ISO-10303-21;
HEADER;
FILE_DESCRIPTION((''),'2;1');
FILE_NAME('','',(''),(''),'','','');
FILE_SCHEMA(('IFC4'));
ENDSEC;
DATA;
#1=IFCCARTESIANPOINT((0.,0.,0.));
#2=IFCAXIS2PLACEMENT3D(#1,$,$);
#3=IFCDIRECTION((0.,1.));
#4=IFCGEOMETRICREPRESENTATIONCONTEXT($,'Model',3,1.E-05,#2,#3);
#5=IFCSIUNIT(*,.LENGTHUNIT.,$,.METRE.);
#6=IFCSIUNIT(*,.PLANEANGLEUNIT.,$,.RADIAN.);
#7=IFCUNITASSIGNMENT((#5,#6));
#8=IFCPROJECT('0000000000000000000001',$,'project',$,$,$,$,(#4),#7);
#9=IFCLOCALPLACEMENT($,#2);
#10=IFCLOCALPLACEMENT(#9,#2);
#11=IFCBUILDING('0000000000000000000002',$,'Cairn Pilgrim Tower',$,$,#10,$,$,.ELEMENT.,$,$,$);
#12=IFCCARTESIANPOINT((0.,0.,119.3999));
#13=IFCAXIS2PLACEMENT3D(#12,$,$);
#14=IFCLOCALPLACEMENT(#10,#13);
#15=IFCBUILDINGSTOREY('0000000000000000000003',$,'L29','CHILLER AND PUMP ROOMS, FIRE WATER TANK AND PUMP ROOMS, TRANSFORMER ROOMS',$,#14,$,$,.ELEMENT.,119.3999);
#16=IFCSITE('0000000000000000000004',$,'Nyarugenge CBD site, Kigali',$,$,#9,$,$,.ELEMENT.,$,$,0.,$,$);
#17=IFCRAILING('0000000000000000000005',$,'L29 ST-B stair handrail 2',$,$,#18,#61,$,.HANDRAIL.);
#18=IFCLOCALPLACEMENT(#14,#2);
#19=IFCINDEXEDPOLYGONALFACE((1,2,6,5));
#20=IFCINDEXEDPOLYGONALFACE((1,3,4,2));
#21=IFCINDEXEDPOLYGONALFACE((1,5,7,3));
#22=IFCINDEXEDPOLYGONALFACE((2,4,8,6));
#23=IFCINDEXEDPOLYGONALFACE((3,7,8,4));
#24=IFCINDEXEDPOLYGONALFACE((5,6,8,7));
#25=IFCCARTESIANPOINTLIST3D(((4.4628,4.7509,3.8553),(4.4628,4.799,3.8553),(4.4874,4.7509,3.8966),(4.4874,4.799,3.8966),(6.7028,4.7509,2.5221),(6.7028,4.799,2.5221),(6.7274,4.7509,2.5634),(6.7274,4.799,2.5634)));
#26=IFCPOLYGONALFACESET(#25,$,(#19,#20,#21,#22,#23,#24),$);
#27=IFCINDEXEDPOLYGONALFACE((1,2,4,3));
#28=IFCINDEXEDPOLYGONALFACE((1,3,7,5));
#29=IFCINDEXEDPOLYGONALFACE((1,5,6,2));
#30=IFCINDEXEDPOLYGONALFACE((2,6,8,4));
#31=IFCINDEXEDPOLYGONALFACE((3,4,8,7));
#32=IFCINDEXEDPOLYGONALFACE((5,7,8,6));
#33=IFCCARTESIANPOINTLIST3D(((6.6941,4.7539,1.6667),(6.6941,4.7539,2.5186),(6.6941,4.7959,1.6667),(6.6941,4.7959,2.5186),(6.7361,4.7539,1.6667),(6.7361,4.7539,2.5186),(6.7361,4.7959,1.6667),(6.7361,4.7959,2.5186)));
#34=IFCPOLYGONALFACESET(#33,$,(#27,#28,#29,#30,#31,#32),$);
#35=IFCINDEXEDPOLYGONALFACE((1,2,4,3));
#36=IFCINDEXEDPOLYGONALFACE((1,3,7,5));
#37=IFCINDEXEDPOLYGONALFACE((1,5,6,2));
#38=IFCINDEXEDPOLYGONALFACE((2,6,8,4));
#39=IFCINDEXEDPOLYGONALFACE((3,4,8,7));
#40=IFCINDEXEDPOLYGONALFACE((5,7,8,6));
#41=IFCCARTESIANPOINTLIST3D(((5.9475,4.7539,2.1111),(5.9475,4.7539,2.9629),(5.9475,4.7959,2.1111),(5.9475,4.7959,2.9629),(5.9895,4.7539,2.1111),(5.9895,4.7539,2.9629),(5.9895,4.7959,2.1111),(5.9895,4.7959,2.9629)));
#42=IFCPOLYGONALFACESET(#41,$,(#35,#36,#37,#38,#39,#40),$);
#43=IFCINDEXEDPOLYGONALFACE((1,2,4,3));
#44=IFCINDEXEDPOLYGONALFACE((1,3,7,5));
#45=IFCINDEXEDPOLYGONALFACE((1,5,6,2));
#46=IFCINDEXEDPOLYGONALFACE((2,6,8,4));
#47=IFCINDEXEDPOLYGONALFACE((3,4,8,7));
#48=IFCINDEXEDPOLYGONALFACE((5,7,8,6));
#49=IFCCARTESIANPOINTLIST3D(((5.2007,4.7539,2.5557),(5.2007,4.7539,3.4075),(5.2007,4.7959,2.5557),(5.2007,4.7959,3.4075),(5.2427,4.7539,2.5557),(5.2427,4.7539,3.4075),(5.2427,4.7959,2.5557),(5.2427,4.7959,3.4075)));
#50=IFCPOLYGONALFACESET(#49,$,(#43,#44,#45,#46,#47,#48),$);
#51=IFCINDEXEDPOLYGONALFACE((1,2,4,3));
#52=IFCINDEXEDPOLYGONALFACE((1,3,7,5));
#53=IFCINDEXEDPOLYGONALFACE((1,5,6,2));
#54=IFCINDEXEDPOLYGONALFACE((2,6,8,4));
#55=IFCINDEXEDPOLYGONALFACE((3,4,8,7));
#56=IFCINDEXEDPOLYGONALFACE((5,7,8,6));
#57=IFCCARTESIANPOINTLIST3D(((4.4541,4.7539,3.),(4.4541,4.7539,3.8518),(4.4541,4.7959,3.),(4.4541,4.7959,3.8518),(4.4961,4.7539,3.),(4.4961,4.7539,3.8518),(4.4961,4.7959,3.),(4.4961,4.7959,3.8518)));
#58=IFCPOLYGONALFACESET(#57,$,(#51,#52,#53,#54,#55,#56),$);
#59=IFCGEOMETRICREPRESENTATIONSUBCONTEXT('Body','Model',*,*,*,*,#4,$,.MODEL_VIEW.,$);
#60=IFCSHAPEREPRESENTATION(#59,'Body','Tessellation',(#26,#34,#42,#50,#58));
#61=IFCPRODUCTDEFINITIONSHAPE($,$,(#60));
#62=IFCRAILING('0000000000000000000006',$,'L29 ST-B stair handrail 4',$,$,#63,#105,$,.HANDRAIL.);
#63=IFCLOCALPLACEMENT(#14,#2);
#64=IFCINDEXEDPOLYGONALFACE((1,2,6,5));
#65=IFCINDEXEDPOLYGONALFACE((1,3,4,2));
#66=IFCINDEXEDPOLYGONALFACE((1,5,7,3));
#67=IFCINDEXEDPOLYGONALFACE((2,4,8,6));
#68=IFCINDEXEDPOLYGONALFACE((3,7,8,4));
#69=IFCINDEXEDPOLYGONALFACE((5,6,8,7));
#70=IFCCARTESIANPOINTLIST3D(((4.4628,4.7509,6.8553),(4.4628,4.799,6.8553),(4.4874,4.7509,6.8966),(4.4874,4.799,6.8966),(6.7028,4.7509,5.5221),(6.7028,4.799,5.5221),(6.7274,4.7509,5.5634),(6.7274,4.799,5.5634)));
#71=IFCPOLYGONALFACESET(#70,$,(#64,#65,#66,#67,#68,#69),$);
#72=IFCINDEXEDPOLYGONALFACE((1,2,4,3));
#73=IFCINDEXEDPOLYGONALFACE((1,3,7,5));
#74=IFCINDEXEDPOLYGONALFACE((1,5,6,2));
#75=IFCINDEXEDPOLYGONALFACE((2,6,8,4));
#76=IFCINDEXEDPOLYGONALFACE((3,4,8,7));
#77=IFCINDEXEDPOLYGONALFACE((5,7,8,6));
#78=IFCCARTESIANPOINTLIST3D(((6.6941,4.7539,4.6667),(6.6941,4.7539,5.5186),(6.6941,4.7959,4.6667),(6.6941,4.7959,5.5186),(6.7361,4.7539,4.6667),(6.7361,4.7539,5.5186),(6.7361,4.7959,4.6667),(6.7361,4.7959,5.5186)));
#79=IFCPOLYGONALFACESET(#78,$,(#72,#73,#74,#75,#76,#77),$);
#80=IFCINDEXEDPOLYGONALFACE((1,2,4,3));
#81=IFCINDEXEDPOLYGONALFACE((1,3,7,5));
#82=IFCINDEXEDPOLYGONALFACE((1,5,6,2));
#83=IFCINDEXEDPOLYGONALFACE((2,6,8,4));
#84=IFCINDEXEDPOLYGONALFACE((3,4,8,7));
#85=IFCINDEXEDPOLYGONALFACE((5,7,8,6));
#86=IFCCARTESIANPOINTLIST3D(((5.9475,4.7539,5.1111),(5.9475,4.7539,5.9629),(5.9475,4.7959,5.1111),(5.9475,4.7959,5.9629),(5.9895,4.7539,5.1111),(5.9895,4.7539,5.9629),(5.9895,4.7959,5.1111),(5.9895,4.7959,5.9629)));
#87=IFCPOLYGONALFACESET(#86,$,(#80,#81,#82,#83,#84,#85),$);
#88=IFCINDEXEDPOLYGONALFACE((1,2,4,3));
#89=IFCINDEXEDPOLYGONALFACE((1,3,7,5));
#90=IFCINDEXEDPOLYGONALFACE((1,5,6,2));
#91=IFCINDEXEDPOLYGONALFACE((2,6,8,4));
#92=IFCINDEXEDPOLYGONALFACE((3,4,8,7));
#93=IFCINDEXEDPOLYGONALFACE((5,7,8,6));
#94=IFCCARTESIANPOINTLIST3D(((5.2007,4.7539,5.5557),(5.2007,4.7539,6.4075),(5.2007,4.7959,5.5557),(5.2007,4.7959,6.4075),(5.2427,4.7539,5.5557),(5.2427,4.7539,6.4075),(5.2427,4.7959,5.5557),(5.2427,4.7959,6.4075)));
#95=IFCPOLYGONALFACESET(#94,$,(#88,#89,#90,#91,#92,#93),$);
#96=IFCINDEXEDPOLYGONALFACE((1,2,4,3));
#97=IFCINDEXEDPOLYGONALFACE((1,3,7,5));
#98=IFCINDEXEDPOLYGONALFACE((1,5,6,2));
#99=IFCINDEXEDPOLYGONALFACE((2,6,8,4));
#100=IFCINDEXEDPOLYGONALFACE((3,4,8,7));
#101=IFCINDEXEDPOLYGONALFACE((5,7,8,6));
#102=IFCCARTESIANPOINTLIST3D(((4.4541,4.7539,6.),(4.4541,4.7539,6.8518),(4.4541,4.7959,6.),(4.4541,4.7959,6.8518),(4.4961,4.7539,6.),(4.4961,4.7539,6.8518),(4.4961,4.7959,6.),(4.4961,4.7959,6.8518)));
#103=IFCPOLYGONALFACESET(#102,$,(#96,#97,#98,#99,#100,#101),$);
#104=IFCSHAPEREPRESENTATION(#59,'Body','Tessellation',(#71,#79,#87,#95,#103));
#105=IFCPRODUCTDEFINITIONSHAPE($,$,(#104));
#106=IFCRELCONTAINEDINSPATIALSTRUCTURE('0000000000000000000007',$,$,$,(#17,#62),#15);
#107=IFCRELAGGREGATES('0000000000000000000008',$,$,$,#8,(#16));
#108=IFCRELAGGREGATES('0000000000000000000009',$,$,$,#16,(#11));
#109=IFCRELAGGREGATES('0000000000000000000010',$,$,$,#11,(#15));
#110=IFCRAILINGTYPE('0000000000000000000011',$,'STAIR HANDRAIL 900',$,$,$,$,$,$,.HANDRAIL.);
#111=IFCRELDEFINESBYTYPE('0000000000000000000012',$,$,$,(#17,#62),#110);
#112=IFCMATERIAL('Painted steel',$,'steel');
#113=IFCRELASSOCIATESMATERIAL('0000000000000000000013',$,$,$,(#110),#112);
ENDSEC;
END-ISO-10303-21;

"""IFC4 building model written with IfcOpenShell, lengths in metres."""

from ifc_helpers import new_model, si_unit, direction, frame, origin, origin_2d, place, context, subcontext, project, spatial, rectangle, extrude, material, type_object, element, save


model = new_model("IFC4")

# Units and contexts
model_context = context("Model", 3, precision=1e-05, world=origin(), true_north=direction((0.0, 1.0)))
body_context = subcontext(model_context, "Body", "Model", "MODEL_VIEW")
ifc_project = project(units=[si_unit("LENGTHUNIT", "METRE"), si_unit("PLANEANGLEUNIT", "RADIAN")], contexts=[model_context])

# Site, building, storey
site_placement = place(None, origin())
site = spatial("IfcSite", under=ifc_project, at=site_placement, Name="Nyarugenge CBD site, Kigali", CompositionType="ELEMENT", RefElevation=0.0)
building_placement = place(site_placement, origin())
building = spatial("IfcBuilding", under=site, at=building_placement, Name="Cairn Pilgrim Tower", CompositionType="ELEMENT")
storey_placement = place(building_placement, frame((0.0, 0.0, 119.3999)))
storey = spatial("IfcBuildingStorey", under=building, at=storey_placement, Name="L29", Description="CHILLER AND PUMP ROOMS, FIRE WATER TANK AND PUMP ROOMS, TRANSFORMER ROOMS", CompositionType="ELEMENT", Elevation=119.3999)

# Shared definitions
ifc_material_1 = material(Name="Painted steel", Category="steel")

# Railings
railing_type_1 = type_object("IfcRailingType", Name="STAIR HANDRAIL 900", PredefinedType="HANDRAIL", material=ifc_material_1)
for number, where, name in (
    (1, (6.7151, 4.7749, 1.6667), "L29 ST-B stair handrail 2"),
    (2, (6.7151, 4.7749, 4.6667), "L29 ST-B stair handrail 4"),
):
    element("IfcRailing", number, at=place(storey_placement, frame(where)), inside=storey, type_object=railing_type_1, Name=name, PredefinedType="HANDRAIL", context=body_context, shape_type="SweptSolid", body=[
        extrude(rectangle(XDim=0.0481, YDim=0.0481, at=origin_2d()), frame((0.0, 0.0, 0.876), z_axis=(-0.859306, 0.0, 0.511462), x_axis=(0.0, -1.0, 0.0)), (0.0, 0.0, 1.0), 2.6067),
        extrude(rectangle(XDim=0.042, YDim=0.042, at=origin_2d()), origin(), (0.0, 0.0, 1.0), 0.8518),
        extrude(rectangle(XDim=0.042, YDim=0.042, at=origin_2d()), frame((-0.7466, 0.0, 0.4443)), (0.0, 0.0, 1.0), 0.8518),
        extrude(rectangle(XDim=0.042, YDim=0.042, at=origin_2d()), frame((-1.4934, 0.0, 0.8889)), (0.0, 0.0, 1.0), 0.8518),
        extrude(rectangle(XDim=0.042, YDim=0.042, at=origin_2d()), frame((-2.24, 0.0, 1.3333)), (0.0, 0.0, 1.0), 0.8518),
    ])

save(model, "model.ifc")
